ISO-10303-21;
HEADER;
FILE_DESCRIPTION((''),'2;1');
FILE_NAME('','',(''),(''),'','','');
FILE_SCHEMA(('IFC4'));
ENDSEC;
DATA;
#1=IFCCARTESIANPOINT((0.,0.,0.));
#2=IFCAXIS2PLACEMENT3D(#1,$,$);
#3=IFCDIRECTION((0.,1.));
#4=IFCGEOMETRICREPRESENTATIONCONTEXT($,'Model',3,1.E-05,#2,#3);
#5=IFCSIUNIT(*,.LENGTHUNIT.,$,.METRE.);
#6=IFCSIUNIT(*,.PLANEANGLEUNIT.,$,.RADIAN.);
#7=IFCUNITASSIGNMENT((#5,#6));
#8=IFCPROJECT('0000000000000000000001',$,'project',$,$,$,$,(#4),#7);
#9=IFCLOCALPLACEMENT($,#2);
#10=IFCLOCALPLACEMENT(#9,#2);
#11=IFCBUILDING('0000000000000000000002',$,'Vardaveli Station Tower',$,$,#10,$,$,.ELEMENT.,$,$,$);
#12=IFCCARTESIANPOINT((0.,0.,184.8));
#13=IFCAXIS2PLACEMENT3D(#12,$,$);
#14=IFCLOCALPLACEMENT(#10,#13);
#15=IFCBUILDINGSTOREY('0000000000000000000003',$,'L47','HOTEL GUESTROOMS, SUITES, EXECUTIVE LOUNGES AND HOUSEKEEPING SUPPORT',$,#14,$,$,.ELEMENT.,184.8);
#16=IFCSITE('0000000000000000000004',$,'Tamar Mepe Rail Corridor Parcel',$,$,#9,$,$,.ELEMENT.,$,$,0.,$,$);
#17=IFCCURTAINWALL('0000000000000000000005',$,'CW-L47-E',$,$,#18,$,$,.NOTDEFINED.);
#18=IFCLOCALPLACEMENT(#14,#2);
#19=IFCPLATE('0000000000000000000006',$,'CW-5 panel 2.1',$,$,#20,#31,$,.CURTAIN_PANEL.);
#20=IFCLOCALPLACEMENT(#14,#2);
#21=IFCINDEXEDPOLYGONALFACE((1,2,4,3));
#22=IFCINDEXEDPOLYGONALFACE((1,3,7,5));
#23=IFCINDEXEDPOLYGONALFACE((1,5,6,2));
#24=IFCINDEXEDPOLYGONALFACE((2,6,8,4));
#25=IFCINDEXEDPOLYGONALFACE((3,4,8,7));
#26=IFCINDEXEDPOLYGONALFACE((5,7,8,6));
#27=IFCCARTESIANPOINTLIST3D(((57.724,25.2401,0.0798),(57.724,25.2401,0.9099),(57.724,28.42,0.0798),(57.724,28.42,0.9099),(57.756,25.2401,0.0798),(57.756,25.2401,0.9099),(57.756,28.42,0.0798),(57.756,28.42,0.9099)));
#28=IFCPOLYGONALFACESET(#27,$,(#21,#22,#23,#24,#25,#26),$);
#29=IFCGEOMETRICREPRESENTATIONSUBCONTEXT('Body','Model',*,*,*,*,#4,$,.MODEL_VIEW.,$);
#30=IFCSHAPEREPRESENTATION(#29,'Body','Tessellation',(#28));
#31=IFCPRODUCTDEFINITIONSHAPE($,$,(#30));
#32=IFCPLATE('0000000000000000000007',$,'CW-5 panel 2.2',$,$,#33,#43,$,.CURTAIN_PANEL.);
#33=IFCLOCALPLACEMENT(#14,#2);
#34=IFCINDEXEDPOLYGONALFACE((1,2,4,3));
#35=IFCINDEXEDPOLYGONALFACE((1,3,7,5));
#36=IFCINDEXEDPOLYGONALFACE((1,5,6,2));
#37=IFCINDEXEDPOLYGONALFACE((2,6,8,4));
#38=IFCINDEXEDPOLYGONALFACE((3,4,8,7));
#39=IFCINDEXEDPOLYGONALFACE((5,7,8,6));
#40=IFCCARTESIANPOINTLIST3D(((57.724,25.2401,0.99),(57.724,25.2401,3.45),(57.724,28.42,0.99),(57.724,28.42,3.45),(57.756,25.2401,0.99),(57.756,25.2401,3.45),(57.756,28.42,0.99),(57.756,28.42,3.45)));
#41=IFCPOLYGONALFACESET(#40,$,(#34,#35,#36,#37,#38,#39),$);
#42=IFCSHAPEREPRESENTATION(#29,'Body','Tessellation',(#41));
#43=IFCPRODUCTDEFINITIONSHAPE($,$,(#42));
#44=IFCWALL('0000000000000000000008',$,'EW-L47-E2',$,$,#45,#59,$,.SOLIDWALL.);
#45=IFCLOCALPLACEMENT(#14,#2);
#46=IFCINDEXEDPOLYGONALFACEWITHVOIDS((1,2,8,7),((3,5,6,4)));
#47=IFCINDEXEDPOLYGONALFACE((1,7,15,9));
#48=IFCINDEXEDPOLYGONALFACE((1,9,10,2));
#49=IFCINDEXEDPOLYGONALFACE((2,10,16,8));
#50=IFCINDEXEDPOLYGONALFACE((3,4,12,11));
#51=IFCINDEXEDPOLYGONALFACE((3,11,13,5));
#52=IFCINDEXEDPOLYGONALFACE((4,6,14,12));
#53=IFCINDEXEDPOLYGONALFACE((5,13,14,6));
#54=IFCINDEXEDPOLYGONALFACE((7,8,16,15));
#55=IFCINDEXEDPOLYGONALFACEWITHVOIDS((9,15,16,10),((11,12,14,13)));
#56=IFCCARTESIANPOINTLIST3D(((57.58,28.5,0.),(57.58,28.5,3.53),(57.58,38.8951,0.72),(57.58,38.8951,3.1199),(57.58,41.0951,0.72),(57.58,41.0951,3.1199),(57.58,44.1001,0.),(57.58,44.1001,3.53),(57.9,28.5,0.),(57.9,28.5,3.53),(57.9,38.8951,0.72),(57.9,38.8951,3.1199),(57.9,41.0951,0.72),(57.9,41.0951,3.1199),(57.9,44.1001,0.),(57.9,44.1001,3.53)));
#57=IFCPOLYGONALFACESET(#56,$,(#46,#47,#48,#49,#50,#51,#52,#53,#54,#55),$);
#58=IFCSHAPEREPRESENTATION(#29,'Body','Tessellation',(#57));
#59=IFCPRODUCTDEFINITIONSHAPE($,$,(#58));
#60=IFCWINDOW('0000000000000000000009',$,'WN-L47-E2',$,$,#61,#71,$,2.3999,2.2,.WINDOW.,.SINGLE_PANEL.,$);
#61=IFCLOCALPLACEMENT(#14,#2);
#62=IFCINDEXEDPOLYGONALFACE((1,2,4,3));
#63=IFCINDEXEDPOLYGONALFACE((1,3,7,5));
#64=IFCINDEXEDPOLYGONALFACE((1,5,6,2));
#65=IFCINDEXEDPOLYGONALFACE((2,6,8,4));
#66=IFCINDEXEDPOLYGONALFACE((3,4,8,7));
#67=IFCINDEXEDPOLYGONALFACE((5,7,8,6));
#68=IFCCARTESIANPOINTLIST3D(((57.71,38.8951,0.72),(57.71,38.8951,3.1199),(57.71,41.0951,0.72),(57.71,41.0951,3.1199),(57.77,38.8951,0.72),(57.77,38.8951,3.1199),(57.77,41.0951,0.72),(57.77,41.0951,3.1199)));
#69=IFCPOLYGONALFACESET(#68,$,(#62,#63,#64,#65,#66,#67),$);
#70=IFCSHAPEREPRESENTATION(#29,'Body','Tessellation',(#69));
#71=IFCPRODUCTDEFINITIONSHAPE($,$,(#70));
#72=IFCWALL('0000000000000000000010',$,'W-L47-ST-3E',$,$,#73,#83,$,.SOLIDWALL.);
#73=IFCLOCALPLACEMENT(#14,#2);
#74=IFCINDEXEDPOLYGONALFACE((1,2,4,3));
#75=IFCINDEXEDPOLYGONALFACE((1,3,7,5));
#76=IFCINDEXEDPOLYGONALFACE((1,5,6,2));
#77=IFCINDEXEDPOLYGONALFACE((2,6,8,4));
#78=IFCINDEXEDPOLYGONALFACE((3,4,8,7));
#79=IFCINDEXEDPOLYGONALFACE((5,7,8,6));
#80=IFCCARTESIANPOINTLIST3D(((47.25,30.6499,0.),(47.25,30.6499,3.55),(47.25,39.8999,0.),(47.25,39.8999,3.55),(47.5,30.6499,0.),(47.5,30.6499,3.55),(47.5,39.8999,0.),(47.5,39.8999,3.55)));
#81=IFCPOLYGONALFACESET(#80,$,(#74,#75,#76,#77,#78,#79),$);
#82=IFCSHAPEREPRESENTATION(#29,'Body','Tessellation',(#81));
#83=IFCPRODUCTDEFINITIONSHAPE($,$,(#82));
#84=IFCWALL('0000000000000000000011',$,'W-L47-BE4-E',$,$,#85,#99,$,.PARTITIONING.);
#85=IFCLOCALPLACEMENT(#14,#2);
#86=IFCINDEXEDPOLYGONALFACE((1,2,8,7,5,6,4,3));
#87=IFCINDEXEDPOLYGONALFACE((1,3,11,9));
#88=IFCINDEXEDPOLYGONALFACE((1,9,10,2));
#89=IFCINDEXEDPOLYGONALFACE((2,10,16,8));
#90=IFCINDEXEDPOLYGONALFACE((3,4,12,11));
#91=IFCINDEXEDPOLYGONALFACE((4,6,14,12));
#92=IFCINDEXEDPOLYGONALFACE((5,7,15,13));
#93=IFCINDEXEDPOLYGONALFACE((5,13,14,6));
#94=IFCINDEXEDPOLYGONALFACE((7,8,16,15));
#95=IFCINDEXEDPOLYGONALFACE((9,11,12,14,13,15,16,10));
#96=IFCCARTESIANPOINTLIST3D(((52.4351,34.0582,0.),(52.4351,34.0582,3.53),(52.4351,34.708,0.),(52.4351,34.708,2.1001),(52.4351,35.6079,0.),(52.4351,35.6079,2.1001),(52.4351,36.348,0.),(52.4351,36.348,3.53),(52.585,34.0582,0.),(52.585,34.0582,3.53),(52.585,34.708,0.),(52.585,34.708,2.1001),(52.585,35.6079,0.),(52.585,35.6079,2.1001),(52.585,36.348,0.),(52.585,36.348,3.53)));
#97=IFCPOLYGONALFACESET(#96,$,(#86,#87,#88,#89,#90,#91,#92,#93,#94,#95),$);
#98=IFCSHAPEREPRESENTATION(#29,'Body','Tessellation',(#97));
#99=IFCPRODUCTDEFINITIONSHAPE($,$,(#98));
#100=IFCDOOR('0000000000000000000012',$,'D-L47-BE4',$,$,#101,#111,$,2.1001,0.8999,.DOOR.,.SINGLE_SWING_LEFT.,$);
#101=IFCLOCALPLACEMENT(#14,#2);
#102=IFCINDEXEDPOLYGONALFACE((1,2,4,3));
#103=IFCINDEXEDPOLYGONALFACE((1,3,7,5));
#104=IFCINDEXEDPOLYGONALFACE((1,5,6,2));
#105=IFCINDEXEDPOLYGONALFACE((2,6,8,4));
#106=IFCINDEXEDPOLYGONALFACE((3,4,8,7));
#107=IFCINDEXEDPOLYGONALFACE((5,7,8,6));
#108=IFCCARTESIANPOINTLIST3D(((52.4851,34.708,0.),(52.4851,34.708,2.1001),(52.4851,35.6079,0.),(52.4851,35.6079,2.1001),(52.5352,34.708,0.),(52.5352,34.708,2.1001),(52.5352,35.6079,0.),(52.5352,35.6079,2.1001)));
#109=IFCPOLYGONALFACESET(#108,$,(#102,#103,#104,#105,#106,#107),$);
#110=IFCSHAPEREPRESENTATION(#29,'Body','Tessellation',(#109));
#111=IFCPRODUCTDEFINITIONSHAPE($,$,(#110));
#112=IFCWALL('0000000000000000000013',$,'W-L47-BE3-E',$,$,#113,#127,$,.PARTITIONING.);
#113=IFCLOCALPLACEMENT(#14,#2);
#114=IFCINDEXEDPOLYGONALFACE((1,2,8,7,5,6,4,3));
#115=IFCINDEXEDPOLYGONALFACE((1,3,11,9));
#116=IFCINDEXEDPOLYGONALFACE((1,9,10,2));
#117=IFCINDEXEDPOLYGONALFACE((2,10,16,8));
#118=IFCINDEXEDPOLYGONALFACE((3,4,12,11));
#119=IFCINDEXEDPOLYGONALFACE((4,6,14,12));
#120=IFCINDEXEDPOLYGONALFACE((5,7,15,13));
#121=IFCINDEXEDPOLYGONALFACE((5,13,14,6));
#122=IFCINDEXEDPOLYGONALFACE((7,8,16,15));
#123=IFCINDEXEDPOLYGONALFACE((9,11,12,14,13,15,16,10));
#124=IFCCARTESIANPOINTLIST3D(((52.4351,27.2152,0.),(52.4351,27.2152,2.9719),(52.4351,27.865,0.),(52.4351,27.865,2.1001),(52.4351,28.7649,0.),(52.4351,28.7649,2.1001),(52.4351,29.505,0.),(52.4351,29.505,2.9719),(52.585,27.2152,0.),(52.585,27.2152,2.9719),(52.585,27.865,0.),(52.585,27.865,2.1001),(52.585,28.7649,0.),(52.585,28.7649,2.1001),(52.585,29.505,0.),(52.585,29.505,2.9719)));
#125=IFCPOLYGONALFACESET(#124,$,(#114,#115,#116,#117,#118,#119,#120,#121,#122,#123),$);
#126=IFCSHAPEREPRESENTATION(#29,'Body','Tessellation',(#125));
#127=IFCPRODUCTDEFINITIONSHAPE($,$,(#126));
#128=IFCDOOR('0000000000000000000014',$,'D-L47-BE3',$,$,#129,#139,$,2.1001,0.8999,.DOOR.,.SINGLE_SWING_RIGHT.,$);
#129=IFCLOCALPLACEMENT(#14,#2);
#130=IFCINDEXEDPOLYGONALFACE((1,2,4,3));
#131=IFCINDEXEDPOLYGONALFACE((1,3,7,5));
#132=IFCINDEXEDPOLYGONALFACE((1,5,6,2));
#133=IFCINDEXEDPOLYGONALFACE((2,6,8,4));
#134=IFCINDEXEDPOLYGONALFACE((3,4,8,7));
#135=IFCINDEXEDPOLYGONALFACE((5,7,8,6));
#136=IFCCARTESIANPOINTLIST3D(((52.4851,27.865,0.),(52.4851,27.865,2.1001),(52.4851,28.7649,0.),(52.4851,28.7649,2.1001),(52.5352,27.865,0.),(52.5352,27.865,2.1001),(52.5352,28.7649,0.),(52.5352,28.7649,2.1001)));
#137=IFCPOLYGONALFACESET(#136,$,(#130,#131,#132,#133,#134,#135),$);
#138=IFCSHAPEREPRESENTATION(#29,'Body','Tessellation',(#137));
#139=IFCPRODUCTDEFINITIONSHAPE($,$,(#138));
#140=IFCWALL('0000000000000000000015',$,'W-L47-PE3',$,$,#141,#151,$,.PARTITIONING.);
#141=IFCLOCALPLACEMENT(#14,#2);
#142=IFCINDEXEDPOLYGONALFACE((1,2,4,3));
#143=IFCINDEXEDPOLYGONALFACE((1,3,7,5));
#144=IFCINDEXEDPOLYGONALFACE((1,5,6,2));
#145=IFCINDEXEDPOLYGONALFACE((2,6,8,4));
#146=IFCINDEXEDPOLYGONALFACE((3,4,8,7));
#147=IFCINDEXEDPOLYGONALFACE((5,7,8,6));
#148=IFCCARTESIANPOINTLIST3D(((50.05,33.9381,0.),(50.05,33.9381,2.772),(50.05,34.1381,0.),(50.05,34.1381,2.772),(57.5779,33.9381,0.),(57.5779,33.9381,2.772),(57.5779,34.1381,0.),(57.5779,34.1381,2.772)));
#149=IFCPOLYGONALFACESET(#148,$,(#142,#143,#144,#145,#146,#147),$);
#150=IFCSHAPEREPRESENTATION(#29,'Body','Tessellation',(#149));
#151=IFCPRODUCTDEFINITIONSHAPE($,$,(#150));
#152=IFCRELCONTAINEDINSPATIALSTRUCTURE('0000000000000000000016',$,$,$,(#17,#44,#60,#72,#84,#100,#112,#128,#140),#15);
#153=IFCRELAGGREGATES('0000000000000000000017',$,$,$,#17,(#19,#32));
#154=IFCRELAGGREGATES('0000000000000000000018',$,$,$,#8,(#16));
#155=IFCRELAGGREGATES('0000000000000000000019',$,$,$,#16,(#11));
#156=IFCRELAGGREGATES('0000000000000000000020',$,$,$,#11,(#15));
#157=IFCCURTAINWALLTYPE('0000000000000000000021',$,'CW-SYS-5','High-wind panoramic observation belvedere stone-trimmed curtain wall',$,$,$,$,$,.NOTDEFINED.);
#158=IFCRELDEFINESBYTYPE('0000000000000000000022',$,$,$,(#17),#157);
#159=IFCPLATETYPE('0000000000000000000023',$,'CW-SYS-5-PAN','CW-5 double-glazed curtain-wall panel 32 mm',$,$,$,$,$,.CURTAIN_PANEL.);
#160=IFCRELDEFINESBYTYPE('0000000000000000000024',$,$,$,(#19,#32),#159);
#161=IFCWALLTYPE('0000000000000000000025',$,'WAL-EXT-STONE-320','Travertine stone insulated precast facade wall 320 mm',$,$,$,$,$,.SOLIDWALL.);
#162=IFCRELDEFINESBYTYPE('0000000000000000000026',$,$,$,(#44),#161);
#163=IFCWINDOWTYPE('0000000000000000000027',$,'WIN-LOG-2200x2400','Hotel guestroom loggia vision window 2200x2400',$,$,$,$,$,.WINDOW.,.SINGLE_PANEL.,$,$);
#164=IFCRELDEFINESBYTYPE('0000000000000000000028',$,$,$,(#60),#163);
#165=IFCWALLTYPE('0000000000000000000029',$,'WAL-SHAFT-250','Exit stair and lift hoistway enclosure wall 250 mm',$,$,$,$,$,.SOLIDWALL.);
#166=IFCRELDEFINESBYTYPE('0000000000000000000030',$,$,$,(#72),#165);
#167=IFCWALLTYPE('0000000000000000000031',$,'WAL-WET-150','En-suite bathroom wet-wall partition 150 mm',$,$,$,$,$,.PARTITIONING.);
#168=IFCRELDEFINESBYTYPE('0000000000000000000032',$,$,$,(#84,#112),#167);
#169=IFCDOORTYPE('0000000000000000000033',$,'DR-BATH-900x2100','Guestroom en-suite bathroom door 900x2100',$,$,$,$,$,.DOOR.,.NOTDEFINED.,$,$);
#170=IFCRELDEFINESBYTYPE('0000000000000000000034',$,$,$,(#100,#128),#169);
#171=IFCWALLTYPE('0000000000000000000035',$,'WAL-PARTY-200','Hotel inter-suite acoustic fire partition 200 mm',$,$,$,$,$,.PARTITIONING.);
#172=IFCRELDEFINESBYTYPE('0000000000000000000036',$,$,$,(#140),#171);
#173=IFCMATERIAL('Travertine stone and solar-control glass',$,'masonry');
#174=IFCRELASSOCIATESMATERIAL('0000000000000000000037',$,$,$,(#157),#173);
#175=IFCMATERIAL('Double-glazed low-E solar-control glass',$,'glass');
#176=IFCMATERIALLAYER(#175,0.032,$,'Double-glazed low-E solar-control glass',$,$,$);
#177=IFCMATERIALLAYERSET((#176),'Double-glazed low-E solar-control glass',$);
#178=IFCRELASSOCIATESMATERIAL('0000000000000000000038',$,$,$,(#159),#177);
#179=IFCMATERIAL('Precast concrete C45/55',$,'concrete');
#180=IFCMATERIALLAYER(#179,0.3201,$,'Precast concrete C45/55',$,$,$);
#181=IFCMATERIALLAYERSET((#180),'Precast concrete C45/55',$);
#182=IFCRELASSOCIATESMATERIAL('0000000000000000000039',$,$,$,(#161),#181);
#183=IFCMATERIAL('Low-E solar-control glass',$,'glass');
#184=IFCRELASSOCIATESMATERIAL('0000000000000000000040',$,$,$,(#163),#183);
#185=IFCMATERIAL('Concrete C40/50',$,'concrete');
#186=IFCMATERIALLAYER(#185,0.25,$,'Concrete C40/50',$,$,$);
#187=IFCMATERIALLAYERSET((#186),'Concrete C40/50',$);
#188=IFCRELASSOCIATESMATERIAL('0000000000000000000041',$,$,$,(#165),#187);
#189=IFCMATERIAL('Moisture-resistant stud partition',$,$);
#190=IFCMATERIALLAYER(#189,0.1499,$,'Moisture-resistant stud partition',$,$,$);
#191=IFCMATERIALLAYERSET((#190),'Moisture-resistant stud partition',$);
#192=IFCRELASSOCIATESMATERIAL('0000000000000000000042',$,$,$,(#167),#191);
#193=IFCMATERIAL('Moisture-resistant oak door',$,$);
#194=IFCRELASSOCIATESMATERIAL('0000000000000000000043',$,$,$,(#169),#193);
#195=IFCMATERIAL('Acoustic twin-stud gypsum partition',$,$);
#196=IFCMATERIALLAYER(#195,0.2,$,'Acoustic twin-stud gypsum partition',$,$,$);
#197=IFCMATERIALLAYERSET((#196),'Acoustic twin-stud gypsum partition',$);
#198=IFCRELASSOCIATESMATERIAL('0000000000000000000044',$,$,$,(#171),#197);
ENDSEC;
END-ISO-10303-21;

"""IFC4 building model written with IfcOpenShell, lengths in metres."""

from ifc_helpers import new_model, si_unit, direction, frame, frame_2d, origin, origin_2d, place, context, subcontext, project, spatial, rectangle, extrude, source, transform, mapped, material, layer, layer_set, type_object, element, fill, aggregate, save


model = new_model("IFC4")

# Units and contexts
model_context = context("Model", 3, precision=1e-05, world=origin(), true_north=direction((0.0, 1.0)))
body_context = subcontext(model_context, "Body", "Model", "MODEL_VIEW")
ifc_project = project(units=[si_unit("LENGTHUNIT", "METRE"), si_unit("PLANEANGLEUNIT", "RADIAN")], contexts=[model_context])

# Site, building, storey
site_placement = place(None, origin())
site = spatial("IfcSite", under=ifc_project, at=site_placement, Name="Tamar Mepe Rail Corridor Parcel", CompositionType="ELEMENT", RefElevation=0.0)
building_placement = place(site_placement, origin())
building = spatial("IfcBuilding", under=site, at=building_placement, Name="Vardaveli Station Tower", CompositionType="ELEMENT")
storey_placement = place(building_placement, frame((0.0, 0.0, 184.8)))
storey = spatial("IfcBuildingStorey", under=building, at=storey_placement, Name="L47", Description="HOTEL GUESTROOMS, SUITES, EXECUTIVE LOUNGES AND HOUSEKEEPING SUPPORT", CompositionType="ELEMENT", Elevation=184.8)

# Shared definitions
ifc_material_1 = material(Name="Precast concrete C45/55", Category="concrete")

# Curtain wall, plates
ifc_material_2 = material(Name="Travertine stone and solar-control glass", Category="masonry")
curtain_wall_type = type_object("IfcCurtainWallType", Name="CW-SYS-5", Description="High-wind panoramic observation belvedere stone-trimmed curtain wall", PredefinedType="NOTDEFINED", material=ifc_material_2)
curtain_wall_placement = place(storey_placement, origin())
curtain_wall = element("IfcCurtainWall", 1, at=curtain_wall_placement, inside=storey, type_object=curtain_wall_type, Name="CW-L47-E", PredefinedType="NOTDEFINED")
ifc_material_3 = material(Name="Double-glazed low-E solar-control glass", Category="glass")
ifc_layer_1 = layer(ifc_material_3, 0.032, Name="Double-glazed low-E solar-control glass")
ifc_layer_set_1 = layer_set([ifc_layer_1], Name="Double-glazed low-E solar-control glass")
plate_type = type_object("IfcPlateType", Name="CW-SYS-5-PAN", Description="CW-5 double-glazed curtain-wall panel 32 mm", PredefinedType="CURTAIN_PANEL", material=ifc_layer_set_1)
shared_shape_1 = source(origin(), body_context, "Body", "SweptSolid", [
    extrude(rectangle(XDim=3.1799, YDim=0.032, at=origin_2d()), origin(), (0.0, 0.0, 1.0), 0.8301),
])
plate_1_placement = place(storey_placement, frame((57.74, 26.8301, 0.0798), z_axis=(0.0, 0.0, 1.0), x_axis=(0.0, 1.0, 0.0)))
plate_1 = element("IfcPlate", 2, at=plate_1_placement, type_object=plate_type, Name="CW-5 panel 2.1", PredefinedType="CURTAIN_PANEL", context=body_context, shape_type="MappedRepresentation", body=[
    mapped(shared_shape_1, transform((0.0, 0.0, 0.0), scale=1.0)),
])
shared_shape_2 = source(origin(), body_context, "Body", "SweptSolid", [
    extrude(rectangle(XDim=3.1799, YDim=0.032, at=origin_2d()), origin(), (0.0, 0.0, 1.0), 2.46),
])
plate_2_placement = place(storey_placement, frame((57.74, 26.8301, 0.99), z_axis=(0.0, 0.0, 1.0), x_axis=(0.0, 1.0, 0.0)))
plate_2 = element("IfcPlate", 3, at=plate_2_placement, type_object=plate_type, Name="CW-5 panel 2.2", PredefinedType="CURTAIN_PANEL", context=body_context, shape_type="MappedRepresentation", body=[
    mapped(shared_shape_2, transform((0.0, 0.0, 0.0), scale=1.0)),
])
aggregate(curtain_wall, [plate_1, plate_2])

# Wall, opening, window
ifc_layer_2 = layer(ifc_material_1, 0.3201, Name="Precast concrete C45/55")
ifc_layer_set_2 = layer_set([ifc_layer_2], Name="Precast concrete C45/55")
wall_type_1 = type_object("IfcWallType", Name="WAL-EXT-STONE-320", Description="Travertine stone insulated precast facade wall 320 mm", PredefinedType="SOLIDWALL", material=ifc_layer_set_2)
shared_shape_3 = source(origin(), body_context, "Body", "SweptSolid", [
    extrude(rectangle(XDim=15.6001, YDim=0.3201, at=frame_2d((7.8, 0.0))), origin(), (0.0, 0.0, 1.0), 3.53),
])
wall_1_placement = place(storey_placement, frame((57.74, 28.5, 0.0), z_axis=(0.0, 0.0, 1.0), x_axis=(0.0, 1.0, 0.0)))
wall_1 = element("IfcWall", 4, at=wall_1_placement, inside=storey, type_object=wall_type_1, Name="EW-L47-E2", PredefinedType="SOLIDWALL", context=body_context, shape_type="MappedRepresentation", body=[
    mapped(shared_shape_3, transform((0.0, 0.0, 0.0), scale=1.0)),
])
shared_shape_4 = source(origin(), body_context, "Body", "SweptSolid", [
    extrude(rectangle(XDim=2.2, YDim=2.3999, at=frame_2d((1.1001, 1.2))), frame((0.0, 0.1699, 0.0), z_axis=(0.0, -1.0, 0.0), x_axis=(1.0, 0.0, 0.0)), (0.0, 0.0, 1.0), 0.3401),
])
opening_1_placement = place(wall_1_placement, frame((10.395, 0.0, 0.72)))
opening_1 = element("IfcOpeningElement", 5, at=opening_1_placement, cuts=wall_1, PredefinedType="OPENING", context=body_context, shape_type="MappedRepresentation", body=[
    mapped(shared_shape_4, transform((0.0, 0.0, 0.0), scale=1.0)),
])
ifc_material_4 = material(Name="Low-E solar-control glass", Category="glass")
window_type = type_object("IfcWindowType", Name="WIN-LOG-2200x2400", Description="Hotel guestroom loggia vision window 2200x2400", PartitioningType="SINGLE_PANEL", PredefinedType="WINDOW", material=ifc_material_4)
shared_shape_5 = source(origin(), body_context, "Body", "SweptSolid", [
    extrude(rectangle(XDim=2.2, YDim=2.3999, at=frame_2d((1.1001, 1.2))), frame((0.0, 0.03, 0.0), z_axis=(0.0, -1.0, 0.0), x_axis=(1.0, 0.0, 0.0)), (0.0, 0.0, 1.0), 0.0601),
])
window_placement = place(opening_1_placement, origin())
window = element("IfcWindow", 6, at=window_placement, inside=storey, type_object=window_type, Name="WN-L47-E2", OverallHeight=2.3999, OverallWidth=2.2, PartitioningType="SINGLE_PANEL", PredefinedType="WINDOW", context=body_context, shape_type="MappedRepresentation", body=[
    mapped(shared_shape_5, transform((0.0, 0.0, 0.0), scale=1.0)),
])
fill(opening_1, window)

# Wall
ifc_material_5 = material(Name="Concrete C40/50", Category="concrete")
ifc_layer_3 = layer(ifc_material_5, 0.25, Name="Concrete C40/50")
ifc_layer_set_3 = layer_set([ifc_layer_3], Name="Concrete C40/50")
wall_type_2 = type_object("IfcWallType", Name="WAL-SHAFT-250", Description="Exit stair and lift hoistway enclosure wall 250 mm", PredefinedType="SOLIDWALL", material=ifc_layer_set_3)
shared_shape_6 = source(origin(), body_context, "Body", "SweptSolid", [
    extrude(rectangle(XDim=9.25, YDim=0.25, at=frame_2d((4.625, 0.0))), origin(), (0.0, 0.0, 1.0), 3.55),
])
wall_2_placement = place(storey_placement, frame((47.375, 30.6499, 0.0), z_axis=(0.0, 0.0, 1.0), x_axis=(0.0, 1.0, 0.0)))
element("IfcWall", 7, at=wall_2_placement, inside=storey, type_object=wall_type_2, Name="W-L47-ST-3E", PredefinedType="SOLIDWALL", context=body_context, shape_type="MappedRepresentation", body=[
    mapped(shared_shape_6, transform((0.0, 0.0, 0.0), scale=1.0)),
])

# Walls, openings, doors
ifc_material_6 = material(Name="Moisture-resistant stud partition")
ifc_layer_4 = layer(ifc_material_6, 0.1499, Name="Moisture-resistant stud partition")
ifc_layer_set_4 = layer_set([ifc_layer_4], Name="Moisture-resistant stud partition")
wall_type_3 = type_object("IfcWallType", Name="WAL-WET-150", Description="En-suite bathroom wet-wall partition 150 mm", PredefinedType="PARTITIONING", material=ifc_layer_set_4)
shared_shape_7 = source(origin(), body_context, "Body", "SweptSolid", [
    extrude(rectangle(XDim=2.2898, YDim=0.1499, at=frame_2d((1.145, 0.0))), origin(), (0.0, 0.0, 1.0), 3.53),
])
wall_3_placement = place(storey_placement, frame((52.51, 34.0581, 0.0), z_axis=(0.0, 0.0, 1.0), x_axis=(0.0, 1.0, 0.0)))
wall_3 = element("IfcWall", 8, at=wall_3_placement, inside=storey, type_object=wall_type_3, Name="W-L47-BE4-E", PredefinedType="PARTITIONING", context=body_context, shape_type="MappedRepresentation", body=[
    mapped(shared_shape_7, transform((0.0, 0.0, 0.0), scale=1.0)),
])
shared_shape_8 = source(origin(), body_context, "Body", "SweptSolid", [
    extrude(rectangle(XDim=0.8999, YDim=2.1001, at=frame_2d((0.45, 1.05))), frame((0.0, 0.085, 0.0), z_axis=(0.0, -1.0, 0.0), x_axis=(1.0, 0.0, 0.0)), (0.0, 0.0, 1.0), 0.1699),
])
opening_2_placement = place(wall_3_placement, frame((0.6499, 0.0, 0.0)))
opening_2 = element("IfcOpeningElement", 9, at=opening_2_placement, cuts=wall_3, PredefinedType="OPENING", context=body_context, shape_type="MappedRepresentation", body=[
    mapped(shared_shape_8, transform((0.0, 0.0, 0.0), scale=1.0)),
])
ifc_material_7 = material(Name="Moisture-resistant oak door")
door_type = type_object("IfcDoorType", Name="DR-BATH-900x2100", Description="Guestroom en-suite bathroom door 900x2100", OperationType="NOTDEFINED", PredefinedType="DOOR", material=ifc_material_7)
shared_shape_9 = source(origin(), body_context, "Body", "SweptSolid", [
    extrude(rectangle(XDim=0.8999, YDim=2.1001, at=frame_2d((0.45, 1.05))), frame((0.0, 0.0249, 0.0), z_axis=(0.0, -1.0, 0.0), x_axis=(1.0, 0.0, 0.0)), (0.0, 0.0, 1.0), 0.05),
])
door_1_placement = place(opening_2_placement, origin())
door_1 = element("IfcDoor", 10, at=door_1_placement, inside=storey, type_object=door_type, Name="D-L47-BE4", OperationType="SINGLE_SWING_LEFT", OverallHeight=2.1001, OverallWidth=0.8999, PredefinedType="DOOR", context=body_context, shape_type="MappedRepresentation", body=[
    mapped(shared_shape_9, transform((0.0, 0.0, 0.0), scale=1.0)),
])
fill(opening_2, door_1)
shared_shape_10 = source(origin(), body_context, "Body", "SweptSolid", [
    extrude(rectangle(XDim=2.2898, YDim=0.1499, at=frame_2d((1.145, 0.0))), origin(), (0.0, 0.0, 1.0), 2.9719),
])
wall_4_placement = place(storey_placement, frame((52.51, 27.2151, 0.0), z_axis=(0.0, 0.0, 1.0), x_axis=(0.0, 1.0, 0.0)))
wall_4 = element("IfcWall", 11, at=wall_4_placement, inside=storey, type_object=wall_type_3, Name="W-L47-BE3-E", PredefinedType="PARTITIONING", context=body_context, shape_type="MappedRepresentation", body=[
    mapped(shared_shape_10, transform((0.0, 0.0, 0.0), scale=1.0)),
])
opening_3_placement = place(wall_4_placement, frame((0.6499, 0.0, 0.0)))
opening_3 = element("IfcOpeningElement", 12, at=opening_3_placement, cuts=wall_4, PredefinedType="OPENING", context=body_context, shape_type="MappedRepresentation", body=[
    mapped(shared_shape_8, transform((0.0, 0.0, 0.0), scale=1.0)),
])
door_2_placement = place(opening_3_placement, origin())
door_2 = element("IfcDoor", 13, at=door_2_placement, inside=storey, type_object=door_type, Name="D-L47-BE3", OperationType="SINGLE_SWING_RIGHT", OverallHeight=2.1001, OverallWidth=0.8999, PredefinedType="DOOR", context=body_context, shape_type="MappedRepresentation", body=[
    mapped(shared_shape_9, transform((0.0, 0.0, 0.0), scale=1.0)),
])
fill(opening_3, door_2)

# Wall
ifc_material_8 = material(Name="Acoustic twin-stud gypsum partition")
ifc_layer_5 = layer(ifc_material_8, 0.2, Name="Acoustic twin-stud gypsum partition")
ifc_layer_set_5 = layer_set([ifc_layer_5], Name="Acoustic twin-stud gypsum partition")
wall_type_4 = type_object("IfcWallType", Name="WAL-PARTY-200", Description="Hotel inter-suite acoustic fire partition 200 mm", PredefinedType="PARTITIONING", material=ifc_layer_set_5)
shared_shape_11 = source(origin(), body_context, "Body", "SweptSolid", [
    extrude(rectangle(XDim=7.5278, YDim=0.2, at=frame_2d((3.7639, 0.0))), origin(), (0.0, 0.0, 1.0), 2.772),
])
wall_5_placement = place(storey_placement, frame((50.05, 34.0381, 0.0), z_axis=(0.0, 0.0, 1.0), x_axis=(1.0, 0.0, 0.0)))
element("IfcWall", 14, at=wall_5_placement, inside=storey, type_object=wall_type_4, Name="W-L47-PE3", PredefinedType="PARTITIONING", context=body_context, shape_type="MappedRepresentation", body=[
    mapped(shared_shape_11, transform((0.0, 0.0, 0.0), scale=1.0)),
])

save(model, "model.ifc")
